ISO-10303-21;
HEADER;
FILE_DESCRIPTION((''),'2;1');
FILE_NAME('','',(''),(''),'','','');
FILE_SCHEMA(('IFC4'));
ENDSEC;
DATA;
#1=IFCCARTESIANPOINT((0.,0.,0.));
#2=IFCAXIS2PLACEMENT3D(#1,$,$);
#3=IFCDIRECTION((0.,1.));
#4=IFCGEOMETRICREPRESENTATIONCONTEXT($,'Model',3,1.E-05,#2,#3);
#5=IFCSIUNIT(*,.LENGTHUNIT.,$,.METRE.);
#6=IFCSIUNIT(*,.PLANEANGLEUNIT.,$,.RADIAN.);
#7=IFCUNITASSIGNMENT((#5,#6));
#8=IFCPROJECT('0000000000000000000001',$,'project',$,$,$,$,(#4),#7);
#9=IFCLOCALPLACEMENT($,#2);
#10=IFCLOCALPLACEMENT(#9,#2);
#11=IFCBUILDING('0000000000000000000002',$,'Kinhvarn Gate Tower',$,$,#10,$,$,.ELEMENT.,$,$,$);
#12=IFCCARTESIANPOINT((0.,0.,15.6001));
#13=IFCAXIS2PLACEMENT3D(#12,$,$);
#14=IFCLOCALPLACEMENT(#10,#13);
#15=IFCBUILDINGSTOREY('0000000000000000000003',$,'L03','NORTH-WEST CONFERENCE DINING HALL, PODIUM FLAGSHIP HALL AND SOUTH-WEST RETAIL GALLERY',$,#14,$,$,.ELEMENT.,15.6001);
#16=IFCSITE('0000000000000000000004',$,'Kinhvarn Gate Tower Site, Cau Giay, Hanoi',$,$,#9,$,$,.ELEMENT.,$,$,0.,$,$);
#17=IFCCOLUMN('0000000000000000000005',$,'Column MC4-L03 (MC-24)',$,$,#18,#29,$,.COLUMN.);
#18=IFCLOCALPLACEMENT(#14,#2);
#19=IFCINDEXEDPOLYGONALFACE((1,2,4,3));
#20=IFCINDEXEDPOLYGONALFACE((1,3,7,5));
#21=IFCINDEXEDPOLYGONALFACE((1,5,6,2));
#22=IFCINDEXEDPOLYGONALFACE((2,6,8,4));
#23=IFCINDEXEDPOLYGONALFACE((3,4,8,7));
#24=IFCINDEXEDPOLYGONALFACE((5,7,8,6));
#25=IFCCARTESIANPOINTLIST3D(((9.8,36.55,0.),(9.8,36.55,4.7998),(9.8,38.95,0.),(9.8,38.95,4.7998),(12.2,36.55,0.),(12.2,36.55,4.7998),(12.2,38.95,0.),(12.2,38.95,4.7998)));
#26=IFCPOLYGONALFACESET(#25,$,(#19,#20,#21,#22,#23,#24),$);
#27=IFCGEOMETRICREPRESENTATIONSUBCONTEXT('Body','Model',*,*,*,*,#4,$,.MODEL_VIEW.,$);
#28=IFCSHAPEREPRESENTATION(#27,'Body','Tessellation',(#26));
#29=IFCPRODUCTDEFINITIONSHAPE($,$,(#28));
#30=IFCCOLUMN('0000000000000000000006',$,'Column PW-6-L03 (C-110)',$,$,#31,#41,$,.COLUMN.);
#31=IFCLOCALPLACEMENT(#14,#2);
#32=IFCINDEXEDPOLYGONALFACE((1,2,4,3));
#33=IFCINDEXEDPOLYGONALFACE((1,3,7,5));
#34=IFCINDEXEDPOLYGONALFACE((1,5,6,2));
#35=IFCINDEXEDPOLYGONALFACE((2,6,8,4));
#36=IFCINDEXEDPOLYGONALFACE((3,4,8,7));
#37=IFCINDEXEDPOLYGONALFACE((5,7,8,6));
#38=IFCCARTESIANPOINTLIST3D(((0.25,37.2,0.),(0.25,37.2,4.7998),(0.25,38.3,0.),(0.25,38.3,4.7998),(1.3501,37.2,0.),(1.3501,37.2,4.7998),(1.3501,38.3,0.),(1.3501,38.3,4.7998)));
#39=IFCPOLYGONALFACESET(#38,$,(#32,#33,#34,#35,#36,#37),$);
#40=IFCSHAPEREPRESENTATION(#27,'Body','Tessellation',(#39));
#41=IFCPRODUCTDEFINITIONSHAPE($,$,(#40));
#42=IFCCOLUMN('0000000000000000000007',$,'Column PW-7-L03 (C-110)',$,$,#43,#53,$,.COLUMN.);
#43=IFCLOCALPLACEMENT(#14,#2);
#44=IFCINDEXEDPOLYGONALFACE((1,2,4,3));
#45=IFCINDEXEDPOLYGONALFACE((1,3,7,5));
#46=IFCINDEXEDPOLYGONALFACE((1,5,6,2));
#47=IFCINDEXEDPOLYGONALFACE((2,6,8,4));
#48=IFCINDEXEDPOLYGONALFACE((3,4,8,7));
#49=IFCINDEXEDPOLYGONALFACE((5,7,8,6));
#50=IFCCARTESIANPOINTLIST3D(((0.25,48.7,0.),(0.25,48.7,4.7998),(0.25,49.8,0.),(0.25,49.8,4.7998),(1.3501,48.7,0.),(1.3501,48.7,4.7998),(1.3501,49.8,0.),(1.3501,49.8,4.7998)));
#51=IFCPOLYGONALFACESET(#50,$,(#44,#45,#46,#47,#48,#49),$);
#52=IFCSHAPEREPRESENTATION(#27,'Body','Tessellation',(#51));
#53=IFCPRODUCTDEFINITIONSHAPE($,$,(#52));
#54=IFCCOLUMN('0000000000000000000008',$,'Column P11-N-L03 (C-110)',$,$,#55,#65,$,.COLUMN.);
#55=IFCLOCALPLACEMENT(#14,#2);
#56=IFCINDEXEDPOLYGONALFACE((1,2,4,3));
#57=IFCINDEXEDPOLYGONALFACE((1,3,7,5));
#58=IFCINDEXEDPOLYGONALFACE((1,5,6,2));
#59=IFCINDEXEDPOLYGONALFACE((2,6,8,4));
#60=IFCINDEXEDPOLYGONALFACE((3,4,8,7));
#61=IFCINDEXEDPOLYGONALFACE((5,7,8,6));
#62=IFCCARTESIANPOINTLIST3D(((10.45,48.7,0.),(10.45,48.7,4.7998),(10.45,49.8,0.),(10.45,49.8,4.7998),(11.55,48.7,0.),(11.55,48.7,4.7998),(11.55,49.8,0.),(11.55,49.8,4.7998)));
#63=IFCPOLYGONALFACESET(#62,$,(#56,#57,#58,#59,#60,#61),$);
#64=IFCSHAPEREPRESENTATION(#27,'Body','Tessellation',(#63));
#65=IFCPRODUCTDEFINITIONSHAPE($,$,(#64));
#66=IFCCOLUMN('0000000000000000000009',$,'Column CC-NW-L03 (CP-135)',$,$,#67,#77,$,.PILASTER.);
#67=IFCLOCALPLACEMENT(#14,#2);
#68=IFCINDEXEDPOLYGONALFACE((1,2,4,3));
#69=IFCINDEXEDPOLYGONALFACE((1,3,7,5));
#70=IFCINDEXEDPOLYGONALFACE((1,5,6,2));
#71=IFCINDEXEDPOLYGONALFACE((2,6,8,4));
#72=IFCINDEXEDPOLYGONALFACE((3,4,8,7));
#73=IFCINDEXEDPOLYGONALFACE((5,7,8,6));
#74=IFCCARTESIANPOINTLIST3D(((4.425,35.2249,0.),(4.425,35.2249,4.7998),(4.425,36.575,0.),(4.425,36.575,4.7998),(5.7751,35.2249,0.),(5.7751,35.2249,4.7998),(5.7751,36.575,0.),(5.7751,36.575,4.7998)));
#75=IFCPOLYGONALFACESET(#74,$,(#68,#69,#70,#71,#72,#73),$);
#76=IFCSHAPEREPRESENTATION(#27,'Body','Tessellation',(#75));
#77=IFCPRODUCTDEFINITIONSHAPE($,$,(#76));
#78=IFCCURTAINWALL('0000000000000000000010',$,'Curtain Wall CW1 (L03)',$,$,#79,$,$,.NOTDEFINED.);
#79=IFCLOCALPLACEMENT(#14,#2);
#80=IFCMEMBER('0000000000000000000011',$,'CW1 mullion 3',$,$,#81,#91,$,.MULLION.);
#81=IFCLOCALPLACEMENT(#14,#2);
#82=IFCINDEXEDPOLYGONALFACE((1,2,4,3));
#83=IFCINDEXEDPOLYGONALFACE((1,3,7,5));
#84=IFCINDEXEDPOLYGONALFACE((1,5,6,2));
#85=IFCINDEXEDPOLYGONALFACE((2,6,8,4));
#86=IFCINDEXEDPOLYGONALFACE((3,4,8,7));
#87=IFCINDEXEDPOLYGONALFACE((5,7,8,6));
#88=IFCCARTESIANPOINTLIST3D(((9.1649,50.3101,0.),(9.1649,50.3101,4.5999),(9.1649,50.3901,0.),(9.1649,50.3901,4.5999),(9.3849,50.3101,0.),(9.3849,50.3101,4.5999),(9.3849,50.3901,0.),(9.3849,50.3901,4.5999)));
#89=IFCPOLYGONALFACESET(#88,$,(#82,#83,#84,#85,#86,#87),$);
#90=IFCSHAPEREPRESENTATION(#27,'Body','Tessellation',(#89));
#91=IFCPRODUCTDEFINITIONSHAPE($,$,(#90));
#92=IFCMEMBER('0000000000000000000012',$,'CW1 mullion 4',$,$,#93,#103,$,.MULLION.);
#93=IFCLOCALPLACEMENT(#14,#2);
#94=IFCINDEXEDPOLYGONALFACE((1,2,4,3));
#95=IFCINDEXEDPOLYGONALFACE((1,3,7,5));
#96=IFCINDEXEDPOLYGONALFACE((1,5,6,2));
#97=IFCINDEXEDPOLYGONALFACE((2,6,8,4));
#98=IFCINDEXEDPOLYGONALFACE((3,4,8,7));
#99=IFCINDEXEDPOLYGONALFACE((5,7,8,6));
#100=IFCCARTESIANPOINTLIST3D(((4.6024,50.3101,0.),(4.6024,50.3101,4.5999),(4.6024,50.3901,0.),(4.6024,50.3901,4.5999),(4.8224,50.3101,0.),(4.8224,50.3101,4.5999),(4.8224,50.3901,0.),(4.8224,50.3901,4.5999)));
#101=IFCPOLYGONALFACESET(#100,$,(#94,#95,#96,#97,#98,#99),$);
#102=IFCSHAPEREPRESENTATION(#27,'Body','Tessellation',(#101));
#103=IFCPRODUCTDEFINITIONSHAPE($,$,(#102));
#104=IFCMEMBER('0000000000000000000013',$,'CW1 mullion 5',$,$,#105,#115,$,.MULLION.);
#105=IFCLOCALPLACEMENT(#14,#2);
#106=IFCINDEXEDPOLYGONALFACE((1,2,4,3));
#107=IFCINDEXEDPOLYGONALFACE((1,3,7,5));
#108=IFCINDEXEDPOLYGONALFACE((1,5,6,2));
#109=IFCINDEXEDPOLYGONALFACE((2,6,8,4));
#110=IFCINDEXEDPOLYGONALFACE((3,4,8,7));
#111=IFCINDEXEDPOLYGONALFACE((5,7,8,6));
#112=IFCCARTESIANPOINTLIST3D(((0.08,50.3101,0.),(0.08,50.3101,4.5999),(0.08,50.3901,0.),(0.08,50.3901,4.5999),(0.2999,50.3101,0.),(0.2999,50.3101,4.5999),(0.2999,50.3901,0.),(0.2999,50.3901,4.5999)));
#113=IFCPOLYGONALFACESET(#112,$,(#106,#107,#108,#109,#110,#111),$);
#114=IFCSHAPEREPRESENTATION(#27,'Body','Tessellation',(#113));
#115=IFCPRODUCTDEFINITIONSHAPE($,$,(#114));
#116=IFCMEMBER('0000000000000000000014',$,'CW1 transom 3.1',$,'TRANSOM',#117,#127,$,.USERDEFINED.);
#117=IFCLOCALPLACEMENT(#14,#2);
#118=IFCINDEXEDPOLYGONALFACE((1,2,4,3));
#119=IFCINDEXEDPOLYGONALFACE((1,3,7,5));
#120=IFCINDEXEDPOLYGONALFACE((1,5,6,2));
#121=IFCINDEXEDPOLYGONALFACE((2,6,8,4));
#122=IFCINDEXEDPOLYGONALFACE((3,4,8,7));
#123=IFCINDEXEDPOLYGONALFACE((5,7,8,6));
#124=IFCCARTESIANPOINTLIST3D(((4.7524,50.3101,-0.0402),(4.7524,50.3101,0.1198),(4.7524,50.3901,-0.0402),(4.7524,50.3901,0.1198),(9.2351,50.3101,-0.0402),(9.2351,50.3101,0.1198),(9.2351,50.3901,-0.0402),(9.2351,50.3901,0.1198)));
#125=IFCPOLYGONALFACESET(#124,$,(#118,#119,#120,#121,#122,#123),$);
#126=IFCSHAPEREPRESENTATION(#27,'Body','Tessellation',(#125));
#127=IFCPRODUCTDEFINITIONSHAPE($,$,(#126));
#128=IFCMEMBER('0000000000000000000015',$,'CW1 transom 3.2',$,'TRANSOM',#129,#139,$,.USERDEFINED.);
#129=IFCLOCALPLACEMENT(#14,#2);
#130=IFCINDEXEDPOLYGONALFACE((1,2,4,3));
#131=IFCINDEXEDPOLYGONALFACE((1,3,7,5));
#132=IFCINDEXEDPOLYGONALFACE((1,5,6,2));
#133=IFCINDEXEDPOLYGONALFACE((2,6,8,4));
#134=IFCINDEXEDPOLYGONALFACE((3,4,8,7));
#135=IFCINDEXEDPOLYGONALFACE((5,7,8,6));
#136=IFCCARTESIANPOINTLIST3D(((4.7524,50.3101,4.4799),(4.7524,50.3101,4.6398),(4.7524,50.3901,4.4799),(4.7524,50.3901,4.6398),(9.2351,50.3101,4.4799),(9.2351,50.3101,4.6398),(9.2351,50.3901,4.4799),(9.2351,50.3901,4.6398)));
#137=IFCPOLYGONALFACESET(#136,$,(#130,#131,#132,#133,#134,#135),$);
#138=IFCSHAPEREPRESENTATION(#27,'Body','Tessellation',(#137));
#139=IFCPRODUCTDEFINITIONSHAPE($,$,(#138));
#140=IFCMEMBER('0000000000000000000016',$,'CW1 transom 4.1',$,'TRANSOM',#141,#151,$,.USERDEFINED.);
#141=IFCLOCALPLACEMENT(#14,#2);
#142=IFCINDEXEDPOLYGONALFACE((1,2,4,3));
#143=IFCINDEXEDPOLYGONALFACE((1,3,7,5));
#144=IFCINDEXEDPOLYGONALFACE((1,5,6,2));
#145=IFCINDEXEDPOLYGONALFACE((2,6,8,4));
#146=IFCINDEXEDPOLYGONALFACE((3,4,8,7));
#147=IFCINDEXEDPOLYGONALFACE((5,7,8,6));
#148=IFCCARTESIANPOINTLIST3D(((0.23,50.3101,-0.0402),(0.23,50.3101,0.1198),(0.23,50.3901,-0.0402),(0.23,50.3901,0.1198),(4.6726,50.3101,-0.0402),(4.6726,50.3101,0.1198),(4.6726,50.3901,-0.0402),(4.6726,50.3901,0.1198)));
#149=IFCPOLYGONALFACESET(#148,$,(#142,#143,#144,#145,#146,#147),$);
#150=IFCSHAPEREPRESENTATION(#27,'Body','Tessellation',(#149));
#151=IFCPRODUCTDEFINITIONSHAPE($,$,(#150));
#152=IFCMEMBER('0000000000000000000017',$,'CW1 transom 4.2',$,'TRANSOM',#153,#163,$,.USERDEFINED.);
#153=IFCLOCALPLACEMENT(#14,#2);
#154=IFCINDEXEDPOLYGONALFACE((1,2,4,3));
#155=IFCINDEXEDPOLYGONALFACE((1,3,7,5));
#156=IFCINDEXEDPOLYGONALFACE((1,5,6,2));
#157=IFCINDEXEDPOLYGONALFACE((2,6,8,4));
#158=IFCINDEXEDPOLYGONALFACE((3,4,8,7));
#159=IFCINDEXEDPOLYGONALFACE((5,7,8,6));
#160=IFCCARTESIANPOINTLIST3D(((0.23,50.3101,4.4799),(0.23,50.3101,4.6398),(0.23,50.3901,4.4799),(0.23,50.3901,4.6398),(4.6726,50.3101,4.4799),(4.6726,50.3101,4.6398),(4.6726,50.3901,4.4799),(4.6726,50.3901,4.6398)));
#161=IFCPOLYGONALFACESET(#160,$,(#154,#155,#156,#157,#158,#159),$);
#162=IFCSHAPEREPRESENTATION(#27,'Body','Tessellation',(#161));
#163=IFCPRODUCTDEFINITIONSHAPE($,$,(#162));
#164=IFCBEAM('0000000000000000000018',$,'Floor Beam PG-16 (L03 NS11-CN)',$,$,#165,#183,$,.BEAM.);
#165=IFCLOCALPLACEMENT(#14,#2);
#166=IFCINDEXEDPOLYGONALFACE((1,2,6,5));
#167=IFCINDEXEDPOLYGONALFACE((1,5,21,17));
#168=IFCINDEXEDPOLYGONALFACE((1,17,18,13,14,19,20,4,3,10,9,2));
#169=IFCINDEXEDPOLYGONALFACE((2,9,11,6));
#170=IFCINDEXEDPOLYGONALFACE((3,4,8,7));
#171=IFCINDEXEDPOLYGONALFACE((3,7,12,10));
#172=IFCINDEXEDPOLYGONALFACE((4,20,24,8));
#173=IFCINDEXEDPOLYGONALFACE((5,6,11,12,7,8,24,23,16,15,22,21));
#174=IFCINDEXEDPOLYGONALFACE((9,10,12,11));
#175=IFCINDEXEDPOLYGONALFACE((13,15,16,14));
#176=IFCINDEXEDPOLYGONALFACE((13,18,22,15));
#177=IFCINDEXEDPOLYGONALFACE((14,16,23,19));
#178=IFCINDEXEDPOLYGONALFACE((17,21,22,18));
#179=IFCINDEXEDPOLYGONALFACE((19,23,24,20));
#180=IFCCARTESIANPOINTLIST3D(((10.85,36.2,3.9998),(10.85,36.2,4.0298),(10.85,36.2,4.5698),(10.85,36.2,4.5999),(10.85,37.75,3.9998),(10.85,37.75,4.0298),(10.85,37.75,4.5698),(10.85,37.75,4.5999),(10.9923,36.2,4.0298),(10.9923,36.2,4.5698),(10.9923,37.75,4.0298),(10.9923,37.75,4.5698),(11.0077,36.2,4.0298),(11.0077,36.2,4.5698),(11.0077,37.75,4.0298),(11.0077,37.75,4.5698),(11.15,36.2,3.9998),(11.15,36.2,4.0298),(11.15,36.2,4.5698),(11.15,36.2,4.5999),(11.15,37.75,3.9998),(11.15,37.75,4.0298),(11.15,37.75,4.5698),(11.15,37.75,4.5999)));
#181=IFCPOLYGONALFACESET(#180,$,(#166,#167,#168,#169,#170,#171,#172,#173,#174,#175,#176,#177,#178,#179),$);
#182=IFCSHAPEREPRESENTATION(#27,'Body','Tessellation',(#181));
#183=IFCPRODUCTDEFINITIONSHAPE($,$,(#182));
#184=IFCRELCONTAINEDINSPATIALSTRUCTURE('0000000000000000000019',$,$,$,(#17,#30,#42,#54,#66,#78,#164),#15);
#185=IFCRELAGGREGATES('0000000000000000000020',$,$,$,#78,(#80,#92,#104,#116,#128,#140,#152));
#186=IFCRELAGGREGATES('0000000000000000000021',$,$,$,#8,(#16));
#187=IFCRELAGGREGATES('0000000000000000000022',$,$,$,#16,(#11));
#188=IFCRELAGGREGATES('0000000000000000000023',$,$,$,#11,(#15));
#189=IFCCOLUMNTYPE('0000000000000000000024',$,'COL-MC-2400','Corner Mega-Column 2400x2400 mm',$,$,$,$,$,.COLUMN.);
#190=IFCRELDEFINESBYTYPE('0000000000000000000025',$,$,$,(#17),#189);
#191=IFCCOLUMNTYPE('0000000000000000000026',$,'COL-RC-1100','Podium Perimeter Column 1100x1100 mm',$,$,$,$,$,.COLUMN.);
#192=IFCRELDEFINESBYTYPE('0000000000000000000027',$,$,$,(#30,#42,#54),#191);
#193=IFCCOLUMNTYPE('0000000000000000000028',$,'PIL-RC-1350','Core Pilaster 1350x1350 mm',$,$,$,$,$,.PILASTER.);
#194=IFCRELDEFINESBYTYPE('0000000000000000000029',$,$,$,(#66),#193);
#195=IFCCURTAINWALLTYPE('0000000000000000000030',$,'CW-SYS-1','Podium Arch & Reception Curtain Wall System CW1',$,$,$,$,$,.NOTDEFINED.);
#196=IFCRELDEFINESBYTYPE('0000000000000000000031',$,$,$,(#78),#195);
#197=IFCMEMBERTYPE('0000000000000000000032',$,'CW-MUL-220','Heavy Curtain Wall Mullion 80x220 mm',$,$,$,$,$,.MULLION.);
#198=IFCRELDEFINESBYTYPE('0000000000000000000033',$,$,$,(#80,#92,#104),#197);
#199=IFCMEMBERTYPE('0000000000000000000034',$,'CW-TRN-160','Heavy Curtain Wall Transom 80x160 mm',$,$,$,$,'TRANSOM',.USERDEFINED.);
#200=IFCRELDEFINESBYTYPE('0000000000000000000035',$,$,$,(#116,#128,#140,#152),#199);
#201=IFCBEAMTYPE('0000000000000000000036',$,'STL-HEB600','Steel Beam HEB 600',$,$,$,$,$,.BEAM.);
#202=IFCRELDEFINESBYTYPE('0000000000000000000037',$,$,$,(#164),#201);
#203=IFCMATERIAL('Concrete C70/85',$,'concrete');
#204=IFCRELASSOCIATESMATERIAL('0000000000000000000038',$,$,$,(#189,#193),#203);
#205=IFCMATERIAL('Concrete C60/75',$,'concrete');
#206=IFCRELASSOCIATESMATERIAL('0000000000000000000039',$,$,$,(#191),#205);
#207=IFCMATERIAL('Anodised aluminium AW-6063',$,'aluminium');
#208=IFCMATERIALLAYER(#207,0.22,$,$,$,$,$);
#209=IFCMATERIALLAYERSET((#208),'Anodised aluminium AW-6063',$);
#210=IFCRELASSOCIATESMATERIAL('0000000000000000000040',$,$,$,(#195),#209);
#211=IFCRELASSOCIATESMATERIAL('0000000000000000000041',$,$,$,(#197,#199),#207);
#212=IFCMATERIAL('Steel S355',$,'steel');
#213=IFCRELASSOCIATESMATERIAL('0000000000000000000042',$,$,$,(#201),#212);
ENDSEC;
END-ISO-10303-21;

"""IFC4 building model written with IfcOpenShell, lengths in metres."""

from ifc_helpers import new_model, si_unit, direction, frame, origin, origin_2d, place, context, subcontext, project, spatial, rectangle, i_section, extrude, material, layer, layer_set, material_profile, profile_set, type_object, element, aggregate, save


model = new_model("IFC4")

# Units and contexts
model_context = context("Model", 3, precision=1e-05, world=origin(), true_north=direction((0.0, 1.0)))
body_context = subcontext(model_context, "Body", "Model", "MODEL_VIEW")
ifc_project = project(units=[si_unit("LENGTHUNIT", "METRE"), si_unit("PLANEANGLEUNIT", "RADIAN")], contexts=[model_context])

# Site, building, storey
site_placement = place(None, origin())
site = spatial("IfcSite", under=ifc_project, at=site_placement, Name="Kinhvarn Gate Tower Site, Cau Giay, Hanoi", CompositionType="ELEMENT", RefElevation=0.0)
building_placement = place(site_placement, origin())
building = spatial("IfcBuilding", under=site, at=building_placement, Name="Kinhvarn Gate Tower", CompositionType="ELEMENT")
storey_placement = place(building_placement, frame((0.0, 0.0, 15.6001)))
storey = spatial("IfcBuildingStorey", under=building, at=storey_placement, Name="L03", Description="NORTH-WEST CONFERENCE DINING HALL, PODIUM FLAGSHIP HALL AND SOUTH-WEST RETAIL GALLERY", CompositionType="ELEMENT", Elevation=15.6001)

# Columns
ifc_material_1 = material(Name="Concrete C70/85", Category="concrete")
ifc_material_profile_1 = material_profile(ifc_material_1, rectangle(XDim=2.3999, YDim=2.3999, at=origin_2d()), Name="RC 2400x2400")
ifc_profile_set_1 = profile_set([ifc_material_profile_1], Name="Concrete C70/85")
column_type_1 = type_object("IfcColumnType", Name="COL-MC-2400", Description="Corner Mega-Column 2400x2400 mm", PredefinedType="COLUMN", material=ifc_profile_set_1)
column_1_placement = place(storey_placement, frame((11.0, 37.75, 0.0), z_axis=(0.0, 0.0, 1.0), x_axis=(1.0, 0.0, 0.0)))
element("IfcColumn", 1, at=column_1_placement, inside=storey, type_object=column_type_1, Name="Column MC4-L03 (MC-24)", PredefinedType="COLUMN", context=body_context, shape_type="SweptSolid", body=[
    extrude(rectangle(XDim=2.3999, YDim=2.3999, at=origin_2d()), origin(), (0.0, 0.0, 1.0), 4.7998),
])
ifc_material_2 = material(Name="Concrete C60/75", Category="concrete")
ifc_material_profile_2 = material_profile(ifc_material_2, rectangle(XDim=1.1001, YDim=1.1001, at=origin_2d()), Name="RC 1100x1100")
ifc_profile_set_2 = profile_set([ifc_material_profile_2], Name="Concrete C60/75")
column_type_2 = type_object("IfcColumnType", Name="COL-RC-1100", Description="Podium Perimeter Column 1100x1100 mm", PredefinedType="COLUMN", material=ifc_profile_set_2)
for number, where, z_axis, x_axis, name in (
    (2, (0.8, 37.75, 0.0), (0.0, 0.0, 1.0), (1.0, 0.0, 0.0), "Column PW-6-L03 (C-110)"),
    (3, (0.8, 49.25, 0.0), (0.0, 0.0, 1.0), (1.0, 0.0, 0.0), "Column PW-7-L03 (C-110)"),
    (4, (11.0, 49.25, 0.0), (0.0, 0.0, 1.0), (1.0, 0.0, 0.0), "Column P11-N-L03 (C-110)"),
):
    element("IfcColumn", number, at=place(storey_placement, frame(where, z_axis=z_axis, x_axis=x_axis)), inside=storey, type_object=column_type_2, Name=name, PredefinedType="COLUMN", context=body_context, shape_type="SweptSolid", body=[
        extrude(rectangle(XDim=1.1001, YDim=1.1001, at=origin_2d()), origin(), (0.0, 0.0, 1.0), 4.7998),
    ])
ifc_material_profile_3 = material_profile(ifc_material_1, rectangle(XDim=1.3501, YDim=1.3501, at=origin_2d()), Name="RC 1350x1350")
ifc_profile_set_3 = profile_set([ifc_material_profile_3], Name="Concrete C70/85")
column_type_3 = type_object("IfcColumnType", Name="PIL-RC-1350", Description="Core Pilaster 1350x1350 mm", PredefinedType="PILASTER", material=ifc_profile_set_3)
column_2_placement = place(storey_placement, frame((5.1001, 35.8999, 0.0), z_axis=(0.0, 0.0, 1.0), x_axis=(1.0, 0.0, 0.0)))
element("IfcColumn", 5, at=column_2_placement, inside=storey, type_object=column_type_3, Name="Column CC-NW-L03 (CP-135)", PredefinedType="PILASTER", context=body_context, shape_type="SweptSolid", body=[
    extrude(rectangle(XDim=1.3501, YDim=1.3501, at=origin_2d()), origin(), (0.0, 0.0, 1.0), 4.7998),
])

# Curtain wall, members
ifc_material_3 = material(Name="Anodised aluminium AW-6063", Category="aluminium")
ifc_layer_1 = layer(ifc_material_3, 0.22)
ifc_layer_set_1 = layer_set([ifc_layer_1], Name="Anodised aluminium AW-6063")
curtain_wall_type = type_object("IfcCurtainWallType", Name="CW-SYS-1", Description="Podium Arch & Reception Curtain Wall System CW1", PredefinedType="NOTDEFINED", material=ifc_layer_set_1)
curtain_wall_placement = place(storey_placement, origin())
curtain_wall = element("IfcCurtainWall", 6, at=curtain_wall_placement, inside=storey, type_object=curtain_wall_type, Name="Curtain Wall CW1 (L03)", PredefinedType="NOTDEFINED")
ifc_material_profile_4 = material_profile(ifc_material_3, rectangle(XDim=0.0801, YDim=0.22, at=origin_2d()), Name="ALU 80x220")
ifc_profile_set_4 = profile_set([ifc_material_profile_4], Name="Anodised aluminium AW-6063")
member_type_1 = type_object("IfcMemberType", Name="CW-MUL-220", Description="Heavy Curtain Wall Mullion 80x220 mm", PredefinedType="MULLION", material=ifc_profile_set_4)
member_1_placement = place(storey_placement, frame((9.2749, 50.3501, 0.0), z_axis=(0.0, 0.0, 1.0), x_axis=(0.0, -1.0, 0.0)))
member_1 = element("IfcMember", 7, at=member_1_placement, type_object=member_type_1, Name="CW1 mullion 3", PredefinedType="MULLION", context=body_context, shape_type="SweptSolid", body=[
    extrude(rectangle(XDim=0.0801, YDim=0.22, at=origin_2d()), origin(), (0.0, 0.0, 1.0), 4.5999),
])
member_2_placement = place(storey_placement, frame((4.7124, 50.3501, 0.0), z_axis=(0.0, 0.0, 1.0), x_axis=(0.0, -1.0, 0.0)))
member_2 = element("IfcMember", 8, at=member_2_placement, type_object=member_type_1, Name="CW1 mullion 4", PredefinedType="MULLION", context=body_context, shape_type="SweptSolid", body=[
    extrude(rectangle(XDim=0.0801, YDim=0.22, at=origin_2d()), origin(), (0.0, 0.0, 1.0), 4.5999),
])
member_3_placement = place(storey_placement, frame((0.1899, 50.3501, 0.0), z_axis=(0.0, 0.0, 1.0), x_axis=(0.0, -1.0, 0.0)))
member_3 = element("IfcMember", 9, at=member_3_placement, type_object=member_type_1, Name="CW1 mullion 5", PredefinedType="MULLION", context=body_context, shape_type="SweptSolid", body=[
    extrude(rectangle(XDim=0.0801, YDim=0.22, at=origin_2d()), origin(), (0.0, 0.0, 1.0), 4.5999),
])
ifc_material_profile_5 = material_profile(ifc_material_3, rectangle(XDim=0.0801, YDim=0.1599, at=origin_2d()), Name="ALU 80x160")
ifc_profile_set_5 = profile_set([ifc_material_profile_5], Name="Anodised aluminium AW-6063")
member_type_2 = type_object("IfcMemberType", Name="CW-TRN-160", Description="Heavy Curtain Wall Transom 80x160 mm", ElementType="TRANSOM", PredefinedType="USERDEFINED", material=ifc_profile_set_5)
member_4_placement = place(storey_placement, frame((9.2351, 50.3501, 0.0398), z_axis=(-1.0, 0.0, 0.0), x_axis=(0.0, -1.0, 0.0)))
member_4 = element("IfcMember", 10, at=member_4_placement, type_object=member_type_2, Name="CW1 transom 3.1", ObjectType="TRANSOM", PredefinedType="USERDEFINED", context=body_context, shape_type="SweptSolid", body=[
    extrude(rectangle(XDim=0.0801, YDim=0.1599, at=origin_2d()), origin(), (0.0, 0.0, 1.0), 4.4827),
])
member_5_placement = place(storey_placement, frame((9.2351, 50.3501, 4.5598), z_axis=(-1.0, 0.0, 0.0), x_axis=(0.0, -1.0, 0.0)))
member_5 = element("IfcMember", 11, at=member_5_placement, type_object=member_type_2, Name="CW1 transom 3.2", ObjectType="TRANSOM", PredefinedType="USERDEFINED", context=body_context, shape_type="SweptSolid", body=[
    extrude(rectangle(XDim=0.0801, YDim=0.1599, at=origin_2d()), origin(), (0.0, 0.0, 1.0), 4.4827),
])
member_6_placement = place(storey_placement, frame((4.6726, 50.3501, 0.0398), z_axis=(-1.0, 0.0, 0.0), x_axis=(0.0, -1.0, 0.0)))
member_6 = element("IfcMember", 12, at=member_6_placement, type_object=member_type_2, Name="CW1 transom 4.1", ObjectType="TRANSOM", PredefinedType="USERDEFINED", context=body_context, shape_type="SweptSolid", body=[
    extrude(rectangle(XDim=0.0801, YDim=0.1599, at=origin_2d()), origin(), (0.0, 0.0, 1.0), 4.4426),
])
member_7_placement = place(storey_placement, frame((4.6726, 50.3501, 4.5598), z_axis=(-1.0, 0.0, 0.0), x_axis=(0.0, -1.0, 0.0)))
member_7 = element("IfcMember", 13, at=member_7_placement, type_object=member_type_2, Name="CW1 transom 4.2", ObjectType="TRANSOM", PredefinedType="USERDEFINED", context=body_context, shape_type="SweptSolid", body=[
    extrude(rectangle(XDim=0.0801, YDim=0.1599, at=origin_2d()), origin(), (0.0, 0.0, 1.0), 4.4426),
])

# Beam
ifc_material_4 = material(Name="Steel S355", Category="steel")
ifc_material_profile_6 = material_profile(ifc_material_4, i_section(OverallWidth=0.3, OverallDepth=0.6001, WebThickness=0.0154, FlangeThickness=0.03, at=origin_2d()), Name="HEB 600")
ifc_profile_set_6 = profile_set([ifc_material_profile_6], Name="Steel S355")
beam_type_1 = type_object("IfcBeamType", Name="STL-HEB600", Description="Steel Beam HEB 600", PredefinedType="BEAM", material=ifc_profile_set_6)
beam_1_placement = place(storey_placement, frame((11.0, 36.2, 4.2998), z_axis=(0.0, 1.0, 0.0), x_axis=(-1.0, 0.0, 0.0)))
element("IfcBeam", 14, at=beam_1_placement, inside=storey, type_object=beam_type_1, Name="Floor Beam PG-16 (L03 NS11-CN)", PredefinedType="BEAM", context=body_context, shape_type="SweptSolid", body=[
    extrude(i_section(OverallWidth=0.3, OverallDepth=0.6001, WebThickness=0.0154, FlangeThickness=0.03, at=origin_2d()), origin(), (0.0, 0.0, 1.0), 1.55),
])

aggregate(curtain_wall, [member_1, member_2, member_3, member_4, member_5, member_6, member_7])

save(model, "model.ifc")
